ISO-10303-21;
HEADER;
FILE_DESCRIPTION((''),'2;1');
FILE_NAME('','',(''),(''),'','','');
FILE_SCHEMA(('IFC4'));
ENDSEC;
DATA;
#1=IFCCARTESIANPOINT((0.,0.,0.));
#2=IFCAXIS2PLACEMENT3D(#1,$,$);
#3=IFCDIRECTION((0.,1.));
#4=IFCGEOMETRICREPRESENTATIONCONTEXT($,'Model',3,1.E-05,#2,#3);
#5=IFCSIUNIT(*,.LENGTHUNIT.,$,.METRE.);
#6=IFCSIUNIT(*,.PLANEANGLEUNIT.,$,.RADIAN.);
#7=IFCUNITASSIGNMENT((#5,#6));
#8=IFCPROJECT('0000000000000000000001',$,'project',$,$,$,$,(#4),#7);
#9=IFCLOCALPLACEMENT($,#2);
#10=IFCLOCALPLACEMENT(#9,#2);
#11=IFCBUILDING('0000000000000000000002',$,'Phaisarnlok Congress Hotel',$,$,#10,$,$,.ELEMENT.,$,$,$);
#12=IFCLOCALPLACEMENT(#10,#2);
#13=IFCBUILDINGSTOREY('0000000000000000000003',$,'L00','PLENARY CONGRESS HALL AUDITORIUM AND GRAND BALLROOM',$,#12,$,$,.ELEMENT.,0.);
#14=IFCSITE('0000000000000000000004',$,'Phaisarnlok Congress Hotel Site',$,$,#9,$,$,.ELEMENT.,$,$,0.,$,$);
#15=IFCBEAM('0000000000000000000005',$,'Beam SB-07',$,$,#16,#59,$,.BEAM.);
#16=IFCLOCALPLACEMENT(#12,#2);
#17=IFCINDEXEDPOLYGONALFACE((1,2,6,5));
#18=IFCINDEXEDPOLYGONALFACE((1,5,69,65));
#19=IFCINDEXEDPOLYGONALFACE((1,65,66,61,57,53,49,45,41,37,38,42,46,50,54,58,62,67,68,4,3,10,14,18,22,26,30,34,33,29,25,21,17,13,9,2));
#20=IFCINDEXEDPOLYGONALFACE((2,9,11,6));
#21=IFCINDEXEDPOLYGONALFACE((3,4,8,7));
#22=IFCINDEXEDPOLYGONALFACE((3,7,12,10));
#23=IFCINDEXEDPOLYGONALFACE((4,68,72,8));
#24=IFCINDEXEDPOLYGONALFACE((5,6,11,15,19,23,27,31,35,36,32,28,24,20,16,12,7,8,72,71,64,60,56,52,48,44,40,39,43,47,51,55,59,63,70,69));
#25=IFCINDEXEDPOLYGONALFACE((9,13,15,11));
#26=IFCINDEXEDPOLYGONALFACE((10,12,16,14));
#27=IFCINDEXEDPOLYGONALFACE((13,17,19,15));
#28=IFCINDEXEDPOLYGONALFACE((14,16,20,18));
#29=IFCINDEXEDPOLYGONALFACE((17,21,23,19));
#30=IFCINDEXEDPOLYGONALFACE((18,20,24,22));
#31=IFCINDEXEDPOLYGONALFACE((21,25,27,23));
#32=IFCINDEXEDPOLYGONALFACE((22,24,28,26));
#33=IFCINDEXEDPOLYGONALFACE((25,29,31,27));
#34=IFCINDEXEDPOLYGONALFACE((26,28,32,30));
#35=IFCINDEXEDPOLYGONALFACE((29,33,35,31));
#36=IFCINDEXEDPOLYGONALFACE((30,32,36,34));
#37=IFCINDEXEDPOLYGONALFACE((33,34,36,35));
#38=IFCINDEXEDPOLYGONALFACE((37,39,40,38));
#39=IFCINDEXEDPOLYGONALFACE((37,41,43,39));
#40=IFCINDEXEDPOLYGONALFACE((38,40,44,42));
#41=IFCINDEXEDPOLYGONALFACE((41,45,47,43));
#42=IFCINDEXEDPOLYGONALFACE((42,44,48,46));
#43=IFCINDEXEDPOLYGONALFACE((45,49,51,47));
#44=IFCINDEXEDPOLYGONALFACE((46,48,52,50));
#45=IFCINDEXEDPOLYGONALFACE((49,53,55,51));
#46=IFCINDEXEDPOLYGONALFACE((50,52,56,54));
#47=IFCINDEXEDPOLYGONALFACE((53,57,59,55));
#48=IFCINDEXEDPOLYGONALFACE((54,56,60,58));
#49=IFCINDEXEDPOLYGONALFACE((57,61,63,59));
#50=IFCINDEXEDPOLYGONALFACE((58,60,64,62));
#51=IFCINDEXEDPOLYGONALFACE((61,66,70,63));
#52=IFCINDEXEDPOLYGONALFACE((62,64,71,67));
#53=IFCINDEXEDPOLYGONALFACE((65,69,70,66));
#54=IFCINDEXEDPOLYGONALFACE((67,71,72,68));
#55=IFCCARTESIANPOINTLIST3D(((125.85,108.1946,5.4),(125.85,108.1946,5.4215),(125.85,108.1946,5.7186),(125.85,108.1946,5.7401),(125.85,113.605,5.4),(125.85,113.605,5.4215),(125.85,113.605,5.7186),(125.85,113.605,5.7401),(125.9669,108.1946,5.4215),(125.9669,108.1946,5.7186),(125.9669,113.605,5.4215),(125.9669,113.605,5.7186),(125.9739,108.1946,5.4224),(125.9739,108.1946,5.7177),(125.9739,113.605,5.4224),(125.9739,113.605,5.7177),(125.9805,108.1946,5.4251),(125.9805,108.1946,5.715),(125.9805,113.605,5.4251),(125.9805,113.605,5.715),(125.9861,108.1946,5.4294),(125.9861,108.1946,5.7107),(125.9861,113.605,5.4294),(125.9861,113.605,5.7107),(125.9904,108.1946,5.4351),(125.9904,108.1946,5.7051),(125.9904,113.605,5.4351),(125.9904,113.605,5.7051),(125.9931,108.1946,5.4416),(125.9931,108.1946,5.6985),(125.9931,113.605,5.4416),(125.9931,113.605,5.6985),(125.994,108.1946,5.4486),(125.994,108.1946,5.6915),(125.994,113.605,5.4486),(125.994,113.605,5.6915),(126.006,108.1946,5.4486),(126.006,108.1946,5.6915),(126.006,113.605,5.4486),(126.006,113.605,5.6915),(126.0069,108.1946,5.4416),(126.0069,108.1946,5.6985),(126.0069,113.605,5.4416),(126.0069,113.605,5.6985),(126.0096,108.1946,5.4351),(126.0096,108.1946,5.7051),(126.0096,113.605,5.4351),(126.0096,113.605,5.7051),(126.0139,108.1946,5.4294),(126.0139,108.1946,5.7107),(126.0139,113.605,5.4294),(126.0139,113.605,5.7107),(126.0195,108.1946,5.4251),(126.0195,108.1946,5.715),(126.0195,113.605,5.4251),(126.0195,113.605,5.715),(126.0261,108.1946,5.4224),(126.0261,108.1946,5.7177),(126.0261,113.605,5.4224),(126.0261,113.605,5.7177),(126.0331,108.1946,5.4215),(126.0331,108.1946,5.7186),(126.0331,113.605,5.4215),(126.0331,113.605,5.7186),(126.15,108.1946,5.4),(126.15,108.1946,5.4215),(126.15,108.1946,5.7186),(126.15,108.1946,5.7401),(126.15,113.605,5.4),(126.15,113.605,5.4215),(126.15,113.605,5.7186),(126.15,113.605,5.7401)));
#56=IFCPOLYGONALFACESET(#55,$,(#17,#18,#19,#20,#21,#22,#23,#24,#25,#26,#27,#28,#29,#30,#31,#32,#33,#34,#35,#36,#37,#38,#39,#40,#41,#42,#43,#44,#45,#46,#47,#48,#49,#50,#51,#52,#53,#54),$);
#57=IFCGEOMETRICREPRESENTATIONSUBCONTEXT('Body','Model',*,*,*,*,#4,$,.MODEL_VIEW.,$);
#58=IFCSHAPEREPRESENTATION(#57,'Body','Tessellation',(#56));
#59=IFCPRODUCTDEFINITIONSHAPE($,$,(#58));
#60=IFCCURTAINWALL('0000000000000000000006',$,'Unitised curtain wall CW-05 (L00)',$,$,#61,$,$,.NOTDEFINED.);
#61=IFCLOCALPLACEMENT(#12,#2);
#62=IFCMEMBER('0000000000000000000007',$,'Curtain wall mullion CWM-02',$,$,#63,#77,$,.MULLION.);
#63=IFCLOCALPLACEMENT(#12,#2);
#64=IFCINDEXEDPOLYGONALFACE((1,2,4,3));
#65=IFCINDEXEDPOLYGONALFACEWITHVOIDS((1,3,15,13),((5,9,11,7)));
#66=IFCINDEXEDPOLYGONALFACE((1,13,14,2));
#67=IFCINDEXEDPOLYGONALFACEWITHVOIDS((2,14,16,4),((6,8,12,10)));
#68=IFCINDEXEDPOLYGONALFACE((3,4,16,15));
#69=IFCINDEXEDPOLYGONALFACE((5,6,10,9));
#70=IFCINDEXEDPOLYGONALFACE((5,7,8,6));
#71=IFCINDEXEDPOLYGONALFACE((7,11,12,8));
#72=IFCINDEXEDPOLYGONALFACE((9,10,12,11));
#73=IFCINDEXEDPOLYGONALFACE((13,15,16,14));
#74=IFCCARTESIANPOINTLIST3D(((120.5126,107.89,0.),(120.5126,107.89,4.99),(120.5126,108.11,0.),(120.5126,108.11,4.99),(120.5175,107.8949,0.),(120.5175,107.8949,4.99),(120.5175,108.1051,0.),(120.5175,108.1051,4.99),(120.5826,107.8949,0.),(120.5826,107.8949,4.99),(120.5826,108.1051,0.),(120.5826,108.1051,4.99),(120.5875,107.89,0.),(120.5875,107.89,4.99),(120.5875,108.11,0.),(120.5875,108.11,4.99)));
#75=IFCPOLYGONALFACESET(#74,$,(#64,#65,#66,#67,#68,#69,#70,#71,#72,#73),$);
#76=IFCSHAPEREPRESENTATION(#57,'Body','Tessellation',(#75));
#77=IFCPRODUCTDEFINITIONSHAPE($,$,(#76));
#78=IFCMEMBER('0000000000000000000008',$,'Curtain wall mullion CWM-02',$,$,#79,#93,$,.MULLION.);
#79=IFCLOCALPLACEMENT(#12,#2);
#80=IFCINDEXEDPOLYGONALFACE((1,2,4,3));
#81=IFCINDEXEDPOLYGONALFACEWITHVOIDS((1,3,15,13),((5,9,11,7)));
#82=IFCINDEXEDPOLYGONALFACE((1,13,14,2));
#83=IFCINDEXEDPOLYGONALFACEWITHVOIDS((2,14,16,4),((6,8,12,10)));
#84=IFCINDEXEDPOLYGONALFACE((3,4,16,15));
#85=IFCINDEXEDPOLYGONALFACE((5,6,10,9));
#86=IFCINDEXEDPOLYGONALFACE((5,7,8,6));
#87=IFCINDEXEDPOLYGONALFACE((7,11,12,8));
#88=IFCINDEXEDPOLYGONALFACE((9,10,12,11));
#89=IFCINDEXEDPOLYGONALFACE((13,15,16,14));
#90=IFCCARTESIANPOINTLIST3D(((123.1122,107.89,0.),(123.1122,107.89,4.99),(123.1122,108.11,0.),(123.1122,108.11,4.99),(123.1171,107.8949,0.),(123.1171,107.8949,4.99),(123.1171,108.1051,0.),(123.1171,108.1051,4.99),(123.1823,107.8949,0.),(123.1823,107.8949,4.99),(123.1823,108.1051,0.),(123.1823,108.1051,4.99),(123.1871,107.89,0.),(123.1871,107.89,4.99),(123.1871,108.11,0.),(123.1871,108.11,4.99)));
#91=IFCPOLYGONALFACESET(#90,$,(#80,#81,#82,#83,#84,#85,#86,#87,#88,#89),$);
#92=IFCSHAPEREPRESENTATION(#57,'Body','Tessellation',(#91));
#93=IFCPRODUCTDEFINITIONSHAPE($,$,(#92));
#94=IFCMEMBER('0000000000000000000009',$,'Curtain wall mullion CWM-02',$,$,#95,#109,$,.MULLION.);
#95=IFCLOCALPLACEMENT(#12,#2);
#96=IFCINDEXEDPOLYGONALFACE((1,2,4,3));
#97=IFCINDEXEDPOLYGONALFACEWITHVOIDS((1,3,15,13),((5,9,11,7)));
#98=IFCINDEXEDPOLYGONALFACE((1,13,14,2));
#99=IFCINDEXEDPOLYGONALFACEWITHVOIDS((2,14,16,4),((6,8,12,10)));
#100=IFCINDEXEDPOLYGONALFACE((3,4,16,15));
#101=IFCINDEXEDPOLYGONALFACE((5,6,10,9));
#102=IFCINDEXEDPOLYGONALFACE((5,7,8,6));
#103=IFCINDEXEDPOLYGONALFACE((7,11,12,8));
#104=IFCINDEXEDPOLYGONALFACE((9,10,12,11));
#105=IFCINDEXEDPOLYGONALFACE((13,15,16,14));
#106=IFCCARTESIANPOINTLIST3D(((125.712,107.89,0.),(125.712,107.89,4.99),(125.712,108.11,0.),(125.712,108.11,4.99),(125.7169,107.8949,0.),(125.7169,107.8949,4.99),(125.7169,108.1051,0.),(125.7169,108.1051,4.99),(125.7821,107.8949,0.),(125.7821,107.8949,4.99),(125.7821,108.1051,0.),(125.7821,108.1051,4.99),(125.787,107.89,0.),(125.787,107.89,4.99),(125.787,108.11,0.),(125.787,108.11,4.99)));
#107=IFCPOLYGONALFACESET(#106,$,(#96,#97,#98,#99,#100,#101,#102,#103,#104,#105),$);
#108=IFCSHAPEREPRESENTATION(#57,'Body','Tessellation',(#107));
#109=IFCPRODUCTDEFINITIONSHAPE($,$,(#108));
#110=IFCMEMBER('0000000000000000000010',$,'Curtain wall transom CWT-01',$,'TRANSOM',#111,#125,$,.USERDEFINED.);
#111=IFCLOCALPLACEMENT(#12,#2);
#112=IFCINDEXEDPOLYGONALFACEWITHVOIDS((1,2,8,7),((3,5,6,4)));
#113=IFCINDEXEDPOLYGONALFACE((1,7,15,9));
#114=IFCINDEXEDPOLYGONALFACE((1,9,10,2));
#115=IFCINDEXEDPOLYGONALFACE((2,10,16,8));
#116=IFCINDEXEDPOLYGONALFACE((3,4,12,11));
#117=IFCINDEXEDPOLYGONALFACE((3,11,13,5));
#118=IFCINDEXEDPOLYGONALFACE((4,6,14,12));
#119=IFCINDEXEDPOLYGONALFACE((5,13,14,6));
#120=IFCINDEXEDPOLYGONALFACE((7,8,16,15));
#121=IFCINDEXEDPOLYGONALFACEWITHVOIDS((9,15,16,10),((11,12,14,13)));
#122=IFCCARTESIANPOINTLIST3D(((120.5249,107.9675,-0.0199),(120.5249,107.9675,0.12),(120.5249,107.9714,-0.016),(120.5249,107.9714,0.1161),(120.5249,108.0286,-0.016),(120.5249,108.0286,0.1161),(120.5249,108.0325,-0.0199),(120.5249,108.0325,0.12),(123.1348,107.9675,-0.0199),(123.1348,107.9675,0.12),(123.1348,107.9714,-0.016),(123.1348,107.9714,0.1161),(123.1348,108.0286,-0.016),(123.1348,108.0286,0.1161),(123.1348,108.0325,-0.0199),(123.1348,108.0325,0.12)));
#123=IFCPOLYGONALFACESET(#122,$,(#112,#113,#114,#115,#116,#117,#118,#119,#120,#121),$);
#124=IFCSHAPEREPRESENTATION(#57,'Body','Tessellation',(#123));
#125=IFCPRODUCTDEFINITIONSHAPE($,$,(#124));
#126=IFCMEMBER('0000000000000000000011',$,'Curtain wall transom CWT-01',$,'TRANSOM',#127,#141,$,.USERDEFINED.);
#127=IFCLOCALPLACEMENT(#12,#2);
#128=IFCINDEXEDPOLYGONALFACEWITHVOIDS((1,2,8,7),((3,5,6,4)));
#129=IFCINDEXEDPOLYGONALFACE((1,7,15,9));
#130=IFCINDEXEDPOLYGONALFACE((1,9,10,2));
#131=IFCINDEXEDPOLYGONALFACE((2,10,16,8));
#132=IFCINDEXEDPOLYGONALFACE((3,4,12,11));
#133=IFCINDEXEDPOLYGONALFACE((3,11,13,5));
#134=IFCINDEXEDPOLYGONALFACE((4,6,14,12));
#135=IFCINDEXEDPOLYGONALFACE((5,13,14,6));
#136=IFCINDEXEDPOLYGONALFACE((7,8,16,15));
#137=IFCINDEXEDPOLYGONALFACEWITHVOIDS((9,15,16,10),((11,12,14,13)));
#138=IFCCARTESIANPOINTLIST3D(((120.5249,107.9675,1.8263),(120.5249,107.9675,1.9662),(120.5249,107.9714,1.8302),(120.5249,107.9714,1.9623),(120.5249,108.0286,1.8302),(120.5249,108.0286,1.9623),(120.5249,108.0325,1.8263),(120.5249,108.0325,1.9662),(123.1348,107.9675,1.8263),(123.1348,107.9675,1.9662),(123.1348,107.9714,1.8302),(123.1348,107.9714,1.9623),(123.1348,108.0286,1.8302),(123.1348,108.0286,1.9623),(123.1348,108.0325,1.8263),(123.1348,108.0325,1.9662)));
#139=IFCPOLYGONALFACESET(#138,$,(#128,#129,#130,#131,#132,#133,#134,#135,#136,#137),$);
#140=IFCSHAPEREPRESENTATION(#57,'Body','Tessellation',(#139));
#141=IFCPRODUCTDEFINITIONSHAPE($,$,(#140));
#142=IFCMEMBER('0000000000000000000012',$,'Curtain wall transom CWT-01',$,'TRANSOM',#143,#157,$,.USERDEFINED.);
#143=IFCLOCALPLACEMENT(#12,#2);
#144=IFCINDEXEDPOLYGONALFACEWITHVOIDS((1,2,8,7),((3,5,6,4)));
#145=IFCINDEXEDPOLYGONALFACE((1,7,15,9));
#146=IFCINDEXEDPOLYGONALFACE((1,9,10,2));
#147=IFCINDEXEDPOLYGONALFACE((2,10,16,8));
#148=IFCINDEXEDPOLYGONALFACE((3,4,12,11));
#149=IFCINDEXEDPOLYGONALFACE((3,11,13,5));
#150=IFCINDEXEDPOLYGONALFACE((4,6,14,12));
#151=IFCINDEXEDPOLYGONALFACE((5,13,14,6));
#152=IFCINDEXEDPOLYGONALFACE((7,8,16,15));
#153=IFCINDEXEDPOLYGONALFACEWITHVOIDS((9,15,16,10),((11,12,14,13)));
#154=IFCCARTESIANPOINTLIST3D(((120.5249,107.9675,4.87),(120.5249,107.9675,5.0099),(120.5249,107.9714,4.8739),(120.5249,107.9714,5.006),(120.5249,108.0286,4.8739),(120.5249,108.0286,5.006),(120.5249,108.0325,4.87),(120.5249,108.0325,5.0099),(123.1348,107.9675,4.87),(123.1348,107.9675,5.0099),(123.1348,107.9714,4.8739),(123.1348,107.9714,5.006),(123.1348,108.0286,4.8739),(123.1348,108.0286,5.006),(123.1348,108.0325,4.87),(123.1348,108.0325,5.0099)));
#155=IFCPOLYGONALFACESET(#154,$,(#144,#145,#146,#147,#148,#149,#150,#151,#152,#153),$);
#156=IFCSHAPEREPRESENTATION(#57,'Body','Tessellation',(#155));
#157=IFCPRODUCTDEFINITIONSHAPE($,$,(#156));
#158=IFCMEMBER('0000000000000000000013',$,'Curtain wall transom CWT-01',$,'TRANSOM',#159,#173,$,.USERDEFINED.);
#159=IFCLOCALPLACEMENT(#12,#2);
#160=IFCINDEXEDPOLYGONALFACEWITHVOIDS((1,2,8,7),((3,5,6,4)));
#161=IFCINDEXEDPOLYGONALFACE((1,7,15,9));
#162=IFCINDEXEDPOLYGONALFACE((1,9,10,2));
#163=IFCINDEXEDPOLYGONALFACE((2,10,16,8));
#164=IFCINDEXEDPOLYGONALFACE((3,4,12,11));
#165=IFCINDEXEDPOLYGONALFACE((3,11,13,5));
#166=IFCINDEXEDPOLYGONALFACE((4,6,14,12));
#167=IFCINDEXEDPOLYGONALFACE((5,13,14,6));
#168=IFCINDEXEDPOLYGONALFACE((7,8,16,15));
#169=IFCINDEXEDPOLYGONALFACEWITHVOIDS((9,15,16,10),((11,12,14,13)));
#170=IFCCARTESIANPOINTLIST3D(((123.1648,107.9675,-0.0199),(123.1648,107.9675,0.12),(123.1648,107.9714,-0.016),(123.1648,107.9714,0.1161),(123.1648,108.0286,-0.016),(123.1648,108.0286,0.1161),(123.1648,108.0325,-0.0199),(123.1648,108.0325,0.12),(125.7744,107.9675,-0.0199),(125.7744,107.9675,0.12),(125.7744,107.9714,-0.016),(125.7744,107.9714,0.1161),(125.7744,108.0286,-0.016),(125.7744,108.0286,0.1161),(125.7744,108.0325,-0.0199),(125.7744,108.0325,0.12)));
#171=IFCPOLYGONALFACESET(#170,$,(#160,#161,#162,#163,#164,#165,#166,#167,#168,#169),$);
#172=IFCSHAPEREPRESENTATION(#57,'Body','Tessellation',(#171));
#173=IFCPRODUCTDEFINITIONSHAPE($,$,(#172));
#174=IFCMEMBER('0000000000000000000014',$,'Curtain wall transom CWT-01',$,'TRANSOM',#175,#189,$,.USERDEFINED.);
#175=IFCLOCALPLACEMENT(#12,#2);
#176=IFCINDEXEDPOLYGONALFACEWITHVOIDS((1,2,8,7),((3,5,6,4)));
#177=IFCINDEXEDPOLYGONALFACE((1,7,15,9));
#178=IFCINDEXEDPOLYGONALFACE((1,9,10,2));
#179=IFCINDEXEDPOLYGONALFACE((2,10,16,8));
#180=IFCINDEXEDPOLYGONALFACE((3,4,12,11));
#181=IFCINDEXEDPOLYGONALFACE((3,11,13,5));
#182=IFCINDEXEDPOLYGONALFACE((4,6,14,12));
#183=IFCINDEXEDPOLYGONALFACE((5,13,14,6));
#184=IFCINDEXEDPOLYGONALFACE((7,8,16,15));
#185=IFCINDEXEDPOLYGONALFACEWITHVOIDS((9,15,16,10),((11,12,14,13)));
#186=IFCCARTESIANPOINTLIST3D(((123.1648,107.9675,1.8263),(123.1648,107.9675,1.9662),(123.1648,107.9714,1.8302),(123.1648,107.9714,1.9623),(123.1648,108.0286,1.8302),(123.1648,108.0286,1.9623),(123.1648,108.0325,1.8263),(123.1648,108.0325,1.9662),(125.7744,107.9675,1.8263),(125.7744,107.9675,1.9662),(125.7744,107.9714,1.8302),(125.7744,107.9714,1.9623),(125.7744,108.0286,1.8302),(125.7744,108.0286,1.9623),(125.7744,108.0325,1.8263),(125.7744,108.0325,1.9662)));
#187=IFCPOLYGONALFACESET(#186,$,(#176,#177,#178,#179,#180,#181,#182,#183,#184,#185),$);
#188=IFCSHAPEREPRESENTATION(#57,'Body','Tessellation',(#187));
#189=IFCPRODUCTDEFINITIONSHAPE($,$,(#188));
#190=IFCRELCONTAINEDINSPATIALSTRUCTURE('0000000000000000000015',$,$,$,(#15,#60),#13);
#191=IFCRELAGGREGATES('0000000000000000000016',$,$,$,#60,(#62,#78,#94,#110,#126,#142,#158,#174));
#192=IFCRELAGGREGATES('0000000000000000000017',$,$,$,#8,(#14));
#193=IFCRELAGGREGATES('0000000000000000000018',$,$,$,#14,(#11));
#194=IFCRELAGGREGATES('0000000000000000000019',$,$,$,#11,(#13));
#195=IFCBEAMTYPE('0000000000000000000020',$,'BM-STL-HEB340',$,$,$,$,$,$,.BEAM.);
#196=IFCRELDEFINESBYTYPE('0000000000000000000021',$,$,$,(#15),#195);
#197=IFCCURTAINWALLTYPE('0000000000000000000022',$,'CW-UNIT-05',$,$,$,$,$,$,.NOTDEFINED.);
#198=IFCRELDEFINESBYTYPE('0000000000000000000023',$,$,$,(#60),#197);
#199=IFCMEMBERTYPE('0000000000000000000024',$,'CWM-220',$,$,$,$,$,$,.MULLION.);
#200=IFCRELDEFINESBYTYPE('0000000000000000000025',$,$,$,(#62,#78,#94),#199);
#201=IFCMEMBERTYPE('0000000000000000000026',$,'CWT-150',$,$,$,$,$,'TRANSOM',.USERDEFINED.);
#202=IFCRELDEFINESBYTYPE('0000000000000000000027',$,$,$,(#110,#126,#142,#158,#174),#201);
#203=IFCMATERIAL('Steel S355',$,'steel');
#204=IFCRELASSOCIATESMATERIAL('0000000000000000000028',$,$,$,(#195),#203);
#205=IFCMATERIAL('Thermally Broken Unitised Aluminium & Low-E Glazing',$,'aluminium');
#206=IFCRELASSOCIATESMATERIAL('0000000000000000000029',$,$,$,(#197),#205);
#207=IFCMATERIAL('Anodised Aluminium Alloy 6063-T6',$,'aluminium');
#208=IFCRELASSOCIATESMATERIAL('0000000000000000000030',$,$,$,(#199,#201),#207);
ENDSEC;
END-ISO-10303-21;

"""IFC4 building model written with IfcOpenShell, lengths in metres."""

from ifc_helpers import new_model, si_unit, direction, frame, origin, origin_2d, place, context, subcontext, project, spatial, hollow_rectangle, i_section, extrude, material, material_profile, profile_set, type_object, element, aggregate, save


model = new_model("IFC4")

# Units and contexts
model_context = context("Model", 3, precision=1e-05, world=origin(), true_north=direction((0.0, 1.0)))
body_context = subcontext(model_context, "Body", "Model", "MODEL_VIEW")
ifc_project = project(units=[si_unit("LENGTHUNIT", "METRE"), si_unit("PLANEANGLEUNIT", "RADIAN")], contexts=[model_context])

# Site, building, storey
site_placement = place(None, origin())
site = spatial("IfcSite", under=ifc_project, at=site_placement, Name="Phaisarnlok Congress Hotel Site", CompositionType="ELEMENT", RefElevation=0.0)
building_placement = place(site_placement, origin())
building = spatial("IfcBuilding", under=site, at=building_placement, Name="Phaisarnlok Congress Hotel", CompositionType="ELEMENT")
storey_placement = place(building_placement, origin())
storey = spatial("IfcBuildingStorey", under=building, at=storey_placement, Name="L00", Description="PLENARY CONGRESS HALL AUDITORIUM AND GRAND BALLROOM", CompositionType="ELEMENT", Elevation=0.0)

# Shared definitions
ifc_material_1 = material(Name="Steel S355", Category="steel")

# Beam
ifc_material_profile_1 = material_profile(ifc_material_1, i_section(OverallWidth=0.3, OverallDepth=0.3401, WebThickness=0.012, FlangeThickness=0.0215, FilletRadius=0.0271, at=origin_2d()), Name="HEB 340")
ifc_profile_set_1 = profile_set([ifc_material_profile_1], Name="Steel S355")
beam_type_1 = type_object("IfcBeamType", Name="BM-STL-HEB340", PredefinedType="BEAM", material=ifc_profile_set_1)
beam_1_placement = place(storey_placement, frame((126.0, 108.1946, 5.5701), z_axis=(0.0, 1.0, 0.0), x_axis=(-1.0, 0.0, 0.0)))
element("IfcBeam", 1, at=beam_1_placement, inside=storey, type_object=beam_type_1, Name="Beam SB-07", PredefinedType="BEAM", context=body_context, shape_type="SweptSolid", body=[
    extrude(i_section(OverallWidth=0.3, OverallDepth=0.3401, WebThickness=0.012, FlangeThickness=0.0215, FilletRadius=0.0271, at=origin_2d()), origin(), (0.0, 0.0, 1.0), 5.4104),
])

# Curtain wall, members
ifc_material_2 = material(Name="Thermally Broken Unitised Aluminium & Low-E Glazing", Category="aluminium")
curtain_wall_type_1 = type_object("IfcCurtainWallType", Name="CW-UNIT-05", PredefinedType="NOTDEFINED", material=ifc_material_2)
curtain_wall_1_placement = place(storey_placement, origin())
curtain_wall_1 = element("IfcCurtainWall", 2, at=curtain_wall_1_placement, inside=storey, type_object=curtain_wall_type_1, Name="Unitised curtain wall CW-05 (L00)", PredefinedType="NOTDEFINED")
ifc_material_3 = material(Name="Anodised Aluminium Alloy 6063-T6", Category="aluminium")
ifc_material_profile_2 = material_profile(ifc_material_3, hollow_rectangle(XDim=0.075, YDim=0.22, WallThickness=0.0049, at=origin_2d()), Name="ALU-M 75x220x5")
ifc_profile_set_2 = profile_set([ifc_material_profile_2], Name="Anodised Aluminium Alloy 6063-T6")
member_type_1 = type_object("IfcMemberType", Name="CWM-220", PredefinedType="MULLION", material=ifc_profile_set_2)
member_1_placement = place(storey_placement, frame((120.55, 108.0, 0.0), z_axis=(0.0, 0.0, 1.0), x_axis=(1.0, 0.0, 0.0)))
member_1 = element("IfcMember", 3, at=member_1_placement, type_object=member_type_1, Name="Curtain wall mullion CWM-02", PredefinedType="MULLION", context=body_context, shape_type="SweptSolid", body=[
    extrude(hollow_rectangle(XDim=0.075, YDim=0.22, WallThickness=0.0049, at=origin_2d()), origin(), (0.0, 0.0, 1.0), 4.99),
])
member_2_placement = place(storey_placement, frame((123.1497, 108.0, 0.0), z_axis=(0.0, 0.0, 1.0), x_axis=(1.0, 0.0, 0.0)))
member_2 = element("IfcMember", 4, at=member_2_placement, type_object=member_type_1, Name="Curtain wall mullion CWM-02", PredefinedType="MULLION", context=body_context, shape_type="SweptSolid", body=[
    extrude(hollow_rectangle(XDim=0.075, YDim=0.22, WallThickness=0.0049, at=origin_2d()), origin(), (0.0, 0.0, 1.0), 4.99),
])
member_3_placement = place(storey_placement, frame((125.7495, 108.0, 0.0), z_axis=(0.0, 0.0, 1.0), x_axis=(1.0, 0.0, 0.0)))
member_3 = element("IfcMember", 5, at=member_3_placement, type_object=member_type_1, Name="Curtain wall mullion CWM-02", PredefinedType="MULLION", context=body_context, shape_type="SweptSolid", body=[
    extrude(hollow_rectangle(XDim=0.075, YDim=0.22, WallThickness=0.0049, at=origin_2d()), origin(), (0.0, 0.0, 1.0), 4.99),
])
ifc_material_profile_3 = material_profile(ifc_material_3, hollow_rectangle(XDim=0.0649, YDim=0.1399, WallThickness=0.0039, at=origin_2d()), Name="ALU-T 65x140x4")
ifc_profile_set_3 = profile_set([ifc_material_profile_3], Name="Anodised Aluminium Alloy 6063-T6")
member_type_2 = type_object("IfcMemberType", Name="CWT-150", ElementType="TRANSOM", PredefinedType="USERDEFINED", material=ifc_profile_set_3)
member_4_placement = place(storey_placement, frame((120.5249, 108.0, 0.05), z_axis=(1.0, 0.0, 0.0), x_axis=(0.0, 1.0, 0.0)))
member_4 = element("IfcMember", 6, at=member_4_placement, type_object=member_type_2, Name="Curtain wall transom CWT-01", ObjectType="TRANSOM", PredefinedType="USERDEFINED", context=body_context, shape_type="SweptSolid", body=[
    extrude(hollow_rectangle(XDim=0.0649, YDim=0.1399, WallThickness=0.0039, at=origin_2d()), origin(), (0.0, 0.0, 1.0), 2.6099),
])
member_5_placement = place(storey_placement, frame((120.5249, 108.0, 1.8962), z_axis=(1.0, 0.0, 0.0), x_axis=(0.0, 1.0, 0.0)))
member_5 = element("IfcMember", 7, at=member_5_placement, type_object=member_type_2, Name="Curtain wall transom CWT-01", ObjectType="TRANSOM", PredefinedType="USERDEFINED", context=body_context, shape_type="SweptSolid", body=[
    extrude(hollow_rectangle(XDim=0.0649, YDim=0.1399, WallThickness=0.0039, at=origin_2d()), origin(), (0.0, 0.0, 1.0), 2.6099),
])
member_6_placement = place(storey_placement, frame((120.5249, 108.0, 4.9399), z_axis=(1.0, 0.0, 0.0), x_axis=(0.0, 1.0, 0.0)))
member_6 = element("IfcMember", 8, at=member_6_placement, type_object=member_type_2, Name="Curtain wall transom CWT-01", ObjectType="TRANSOM", PredefinedType="USERDEFINED", context=body_context, shape_type="SweptSolid", body=[
    extrude(hollow_rectangle(XDim=0.0649, YDim=0.1399, WallThickness=0.0039, at=origin_2d()), origin(), (0.0, 0.0, 1.0), 2.6099),
])
member_7_placement = place(storey_placement, frame((123.1648, 108.0, 0.05), z_axis=(1.0, 0.0, 0.0), x_axis=(0.0, 1.0, 0.0)))
member_7 = element("IfcMember", 9, at=member_7_placement, type_object=member_type_2, Name="Curtain wall transom CWT-01", ObjectType="TRANSOM", PredefinedType="USERDEFINED", context=body_context, shape_type="SweptSolid", body=[
    extrude(hollow_rectangle(XDim=0.0649, YDim=0.1399, WallThickness=0.0039, at=origin_2d()), origin(), (0.0, 0.0, 1.0), 2.6096),
])
member_8_placement = place(storey_placement, frame((123.1648, 108.0, 1.8962), z_axis=(1.0, 0.0, 0.0), x_axis=(0.0, 1.0, 0.0)))
member_8 = element("IfcMember", 10, at=member_8_placement, type_object=member_type_2, Name="Curtain wall transom CWT-01", ObjectType="TRANSOM", PredefinedType="USERDEFINED", context=body_context, shape_type="SweptSolid", body=[
    extrude(hollow_rectangle(XDim=0.0649, YDim=0.1399, WallThickness=0.0039, at=origin_2d()), origin(), (0.0, 0.0, 1.0), 2.6096),
])

aggregate(curtain_wall_1, [member_1, member_2, member_3, member_4, member_5, member_6, member_7, member_8])

save(model, "model.ifc")
